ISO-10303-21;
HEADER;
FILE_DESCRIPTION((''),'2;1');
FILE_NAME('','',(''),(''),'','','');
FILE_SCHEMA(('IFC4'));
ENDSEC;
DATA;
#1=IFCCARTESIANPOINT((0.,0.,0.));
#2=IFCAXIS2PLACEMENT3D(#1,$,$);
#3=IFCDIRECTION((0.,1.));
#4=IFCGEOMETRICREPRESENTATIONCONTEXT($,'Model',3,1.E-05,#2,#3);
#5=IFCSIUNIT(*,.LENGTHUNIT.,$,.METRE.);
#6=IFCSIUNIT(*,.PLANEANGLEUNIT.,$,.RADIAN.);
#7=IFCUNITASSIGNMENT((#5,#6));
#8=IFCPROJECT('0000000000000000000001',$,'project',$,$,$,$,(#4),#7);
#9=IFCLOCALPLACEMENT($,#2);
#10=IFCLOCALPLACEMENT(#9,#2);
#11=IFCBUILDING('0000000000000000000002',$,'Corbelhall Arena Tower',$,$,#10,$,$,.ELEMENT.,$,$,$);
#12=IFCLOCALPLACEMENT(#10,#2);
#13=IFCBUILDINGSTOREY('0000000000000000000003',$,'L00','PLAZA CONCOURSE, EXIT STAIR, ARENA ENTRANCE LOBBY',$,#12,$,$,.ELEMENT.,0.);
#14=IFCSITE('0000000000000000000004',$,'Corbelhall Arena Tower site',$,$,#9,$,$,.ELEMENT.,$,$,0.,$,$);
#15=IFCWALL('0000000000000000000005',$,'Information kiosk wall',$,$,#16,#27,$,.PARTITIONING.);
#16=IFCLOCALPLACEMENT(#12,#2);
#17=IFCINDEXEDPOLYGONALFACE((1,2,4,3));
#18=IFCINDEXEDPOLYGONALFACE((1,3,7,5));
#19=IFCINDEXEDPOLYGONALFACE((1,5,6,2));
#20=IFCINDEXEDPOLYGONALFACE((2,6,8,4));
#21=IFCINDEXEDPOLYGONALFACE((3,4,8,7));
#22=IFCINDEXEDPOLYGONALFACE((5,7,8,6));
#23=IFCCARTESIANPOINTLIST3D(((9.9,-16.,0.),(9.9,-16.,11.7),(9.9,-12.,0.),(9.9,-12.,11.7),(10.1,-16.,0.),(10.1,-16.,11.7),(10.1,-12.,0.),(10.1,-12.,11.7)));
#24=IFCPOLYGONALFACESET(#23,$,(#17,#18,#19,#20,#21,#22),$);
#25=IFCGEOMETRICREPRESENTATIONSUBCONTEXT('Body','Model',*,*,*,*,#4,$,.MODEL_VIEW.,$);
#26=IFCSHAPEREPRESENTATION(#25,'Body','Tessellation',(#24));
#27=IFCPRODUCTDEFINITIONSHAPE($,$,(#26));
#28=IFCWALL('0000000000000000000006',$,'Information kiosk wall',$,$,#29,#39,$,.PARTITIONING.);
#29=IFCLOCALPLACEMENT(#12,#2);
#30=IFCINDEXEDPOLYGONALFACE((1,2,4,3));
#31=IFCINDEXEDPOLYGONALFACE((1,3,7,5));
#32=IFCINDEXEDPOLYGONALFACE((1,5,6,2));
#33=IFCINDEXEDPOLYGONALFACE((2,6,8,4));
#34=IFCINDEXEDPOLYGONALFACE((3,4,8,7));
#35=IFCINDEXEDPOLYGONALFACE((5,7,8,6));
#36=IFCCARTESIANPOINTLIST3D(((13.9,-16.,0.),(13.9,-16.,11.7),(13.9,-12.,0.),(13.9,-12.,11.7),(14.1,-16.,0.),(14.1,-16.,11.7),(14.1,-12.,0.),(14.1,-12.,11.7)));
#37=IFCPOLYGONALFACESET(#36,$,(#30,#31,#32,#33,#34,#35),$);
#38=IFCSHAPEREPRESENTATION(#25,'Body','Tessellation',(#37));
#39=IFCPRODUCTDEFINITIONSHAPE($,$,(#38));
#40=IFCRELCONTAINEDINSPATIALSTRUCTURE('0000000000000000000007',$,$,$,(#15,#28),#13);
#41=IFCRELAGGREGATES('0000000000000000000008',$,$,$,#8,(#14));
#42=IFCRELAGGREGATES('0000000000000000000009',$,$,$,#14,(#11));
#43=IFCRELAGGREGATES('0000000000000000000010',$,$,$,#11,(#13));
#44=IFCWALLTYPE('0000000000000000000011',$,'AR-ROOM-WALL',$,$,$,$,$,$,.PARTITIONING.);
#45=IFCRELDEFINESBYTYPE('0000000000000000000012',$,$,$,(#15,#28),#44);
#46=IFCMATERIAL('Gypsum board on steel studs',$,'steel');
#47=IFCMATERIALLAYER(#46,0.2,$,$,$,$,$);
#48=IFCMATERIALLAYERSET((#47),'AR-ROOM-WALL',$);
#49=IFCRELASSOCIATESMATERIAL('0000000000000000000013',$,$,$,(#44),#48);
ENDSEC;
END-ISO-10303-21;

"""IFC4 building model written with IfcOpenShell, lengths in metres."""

from ifc_helpers import new_model, si_unit, direction, frame, frame_2d, origin, place, context, subcontext, project, spatial, rectangle, extrude, material, layer, layer_set, type_object, element, save


model = new_model("IFC4")

# Units and contexts
model_context = context("Model", 3, precision=1e-05, world=origin(), true_north=direction((0.0, 1.0)))
body_context = subcontext(model_context, "Body", "Model", "MODEL_VIEW")
ifc_project = project(units=[si_unit("LENGTHUNIT", "METRE"), si_unit("PLANEANGLEUNIT", "RADIAN")], contexts=[model_context])

# Site, building, storey
site_placement = place(None, origin())
site = spatial("IfcSite", under=ifc_project, at=site_placement, Name="Corbelhall Arena Tower site", CompositionType="ELEMENT", RefElevation=0.0)
building_placement = place(site_placement, origin())
building = spatial("IfcBuilding", under=site, at=building_placement, Name="Corbelhall Arena Tower", CompositionType="ELEMENT")
storey_placement = place(building_placement, origin())
storey = spatial("IfcBuildingStorey", under=building, at=storey_placement, Name="L00", Description="PLAZA CONCOURSE, EXIT STAIR, ARENA ENTRANCE LOBBY", CompositionType="ELEMENT", Elevation=0.0)

# Shared definitions
ifc_material_1 = material(Name="Gypsum board on steel studs", Category="steel")
ifc_layer = layer(ifc_material_1, 0.2)
ifc_layer_set = layer_set([ifc_layer], Name="AR-ROOM-WALL")
wall_type = type_object("IfcWallType", Name="AR-ROOM-WALL", PredefinedType="PARTITIONING", material=ifc_layer_set)

# Walls
for number, where, z_axis, x_axis, name in (
    (1, (10.0, -12.0, 0.0), (0.0, 0.0, 1.0), (0.0, -1.0, 0.0), "Information kiosk wall"),
    (2, (14.0, -16.0, 0.0), (0.0, 0.0, 1.0), (0.0, 1.0, 0.0), "Information kiosk wall"),
):
    element("IfcWall", number, at=place(storey_placement, frame(where, z_axis=z_axis, x_axis=x_axis)), inside=storey, type_object=wall_type, Name=name, PredefinedType="PARTITIONING", context=body_context, shape_type="SweptSolid", body=[
        extrude(rectangle(XDim=4.0, YDim=0.2, at=frame_2d((2.0, 0.0))), origin(), (0.0, 0.0, 1.0), 11.7),
    ])

save(model, "model.ifc")
